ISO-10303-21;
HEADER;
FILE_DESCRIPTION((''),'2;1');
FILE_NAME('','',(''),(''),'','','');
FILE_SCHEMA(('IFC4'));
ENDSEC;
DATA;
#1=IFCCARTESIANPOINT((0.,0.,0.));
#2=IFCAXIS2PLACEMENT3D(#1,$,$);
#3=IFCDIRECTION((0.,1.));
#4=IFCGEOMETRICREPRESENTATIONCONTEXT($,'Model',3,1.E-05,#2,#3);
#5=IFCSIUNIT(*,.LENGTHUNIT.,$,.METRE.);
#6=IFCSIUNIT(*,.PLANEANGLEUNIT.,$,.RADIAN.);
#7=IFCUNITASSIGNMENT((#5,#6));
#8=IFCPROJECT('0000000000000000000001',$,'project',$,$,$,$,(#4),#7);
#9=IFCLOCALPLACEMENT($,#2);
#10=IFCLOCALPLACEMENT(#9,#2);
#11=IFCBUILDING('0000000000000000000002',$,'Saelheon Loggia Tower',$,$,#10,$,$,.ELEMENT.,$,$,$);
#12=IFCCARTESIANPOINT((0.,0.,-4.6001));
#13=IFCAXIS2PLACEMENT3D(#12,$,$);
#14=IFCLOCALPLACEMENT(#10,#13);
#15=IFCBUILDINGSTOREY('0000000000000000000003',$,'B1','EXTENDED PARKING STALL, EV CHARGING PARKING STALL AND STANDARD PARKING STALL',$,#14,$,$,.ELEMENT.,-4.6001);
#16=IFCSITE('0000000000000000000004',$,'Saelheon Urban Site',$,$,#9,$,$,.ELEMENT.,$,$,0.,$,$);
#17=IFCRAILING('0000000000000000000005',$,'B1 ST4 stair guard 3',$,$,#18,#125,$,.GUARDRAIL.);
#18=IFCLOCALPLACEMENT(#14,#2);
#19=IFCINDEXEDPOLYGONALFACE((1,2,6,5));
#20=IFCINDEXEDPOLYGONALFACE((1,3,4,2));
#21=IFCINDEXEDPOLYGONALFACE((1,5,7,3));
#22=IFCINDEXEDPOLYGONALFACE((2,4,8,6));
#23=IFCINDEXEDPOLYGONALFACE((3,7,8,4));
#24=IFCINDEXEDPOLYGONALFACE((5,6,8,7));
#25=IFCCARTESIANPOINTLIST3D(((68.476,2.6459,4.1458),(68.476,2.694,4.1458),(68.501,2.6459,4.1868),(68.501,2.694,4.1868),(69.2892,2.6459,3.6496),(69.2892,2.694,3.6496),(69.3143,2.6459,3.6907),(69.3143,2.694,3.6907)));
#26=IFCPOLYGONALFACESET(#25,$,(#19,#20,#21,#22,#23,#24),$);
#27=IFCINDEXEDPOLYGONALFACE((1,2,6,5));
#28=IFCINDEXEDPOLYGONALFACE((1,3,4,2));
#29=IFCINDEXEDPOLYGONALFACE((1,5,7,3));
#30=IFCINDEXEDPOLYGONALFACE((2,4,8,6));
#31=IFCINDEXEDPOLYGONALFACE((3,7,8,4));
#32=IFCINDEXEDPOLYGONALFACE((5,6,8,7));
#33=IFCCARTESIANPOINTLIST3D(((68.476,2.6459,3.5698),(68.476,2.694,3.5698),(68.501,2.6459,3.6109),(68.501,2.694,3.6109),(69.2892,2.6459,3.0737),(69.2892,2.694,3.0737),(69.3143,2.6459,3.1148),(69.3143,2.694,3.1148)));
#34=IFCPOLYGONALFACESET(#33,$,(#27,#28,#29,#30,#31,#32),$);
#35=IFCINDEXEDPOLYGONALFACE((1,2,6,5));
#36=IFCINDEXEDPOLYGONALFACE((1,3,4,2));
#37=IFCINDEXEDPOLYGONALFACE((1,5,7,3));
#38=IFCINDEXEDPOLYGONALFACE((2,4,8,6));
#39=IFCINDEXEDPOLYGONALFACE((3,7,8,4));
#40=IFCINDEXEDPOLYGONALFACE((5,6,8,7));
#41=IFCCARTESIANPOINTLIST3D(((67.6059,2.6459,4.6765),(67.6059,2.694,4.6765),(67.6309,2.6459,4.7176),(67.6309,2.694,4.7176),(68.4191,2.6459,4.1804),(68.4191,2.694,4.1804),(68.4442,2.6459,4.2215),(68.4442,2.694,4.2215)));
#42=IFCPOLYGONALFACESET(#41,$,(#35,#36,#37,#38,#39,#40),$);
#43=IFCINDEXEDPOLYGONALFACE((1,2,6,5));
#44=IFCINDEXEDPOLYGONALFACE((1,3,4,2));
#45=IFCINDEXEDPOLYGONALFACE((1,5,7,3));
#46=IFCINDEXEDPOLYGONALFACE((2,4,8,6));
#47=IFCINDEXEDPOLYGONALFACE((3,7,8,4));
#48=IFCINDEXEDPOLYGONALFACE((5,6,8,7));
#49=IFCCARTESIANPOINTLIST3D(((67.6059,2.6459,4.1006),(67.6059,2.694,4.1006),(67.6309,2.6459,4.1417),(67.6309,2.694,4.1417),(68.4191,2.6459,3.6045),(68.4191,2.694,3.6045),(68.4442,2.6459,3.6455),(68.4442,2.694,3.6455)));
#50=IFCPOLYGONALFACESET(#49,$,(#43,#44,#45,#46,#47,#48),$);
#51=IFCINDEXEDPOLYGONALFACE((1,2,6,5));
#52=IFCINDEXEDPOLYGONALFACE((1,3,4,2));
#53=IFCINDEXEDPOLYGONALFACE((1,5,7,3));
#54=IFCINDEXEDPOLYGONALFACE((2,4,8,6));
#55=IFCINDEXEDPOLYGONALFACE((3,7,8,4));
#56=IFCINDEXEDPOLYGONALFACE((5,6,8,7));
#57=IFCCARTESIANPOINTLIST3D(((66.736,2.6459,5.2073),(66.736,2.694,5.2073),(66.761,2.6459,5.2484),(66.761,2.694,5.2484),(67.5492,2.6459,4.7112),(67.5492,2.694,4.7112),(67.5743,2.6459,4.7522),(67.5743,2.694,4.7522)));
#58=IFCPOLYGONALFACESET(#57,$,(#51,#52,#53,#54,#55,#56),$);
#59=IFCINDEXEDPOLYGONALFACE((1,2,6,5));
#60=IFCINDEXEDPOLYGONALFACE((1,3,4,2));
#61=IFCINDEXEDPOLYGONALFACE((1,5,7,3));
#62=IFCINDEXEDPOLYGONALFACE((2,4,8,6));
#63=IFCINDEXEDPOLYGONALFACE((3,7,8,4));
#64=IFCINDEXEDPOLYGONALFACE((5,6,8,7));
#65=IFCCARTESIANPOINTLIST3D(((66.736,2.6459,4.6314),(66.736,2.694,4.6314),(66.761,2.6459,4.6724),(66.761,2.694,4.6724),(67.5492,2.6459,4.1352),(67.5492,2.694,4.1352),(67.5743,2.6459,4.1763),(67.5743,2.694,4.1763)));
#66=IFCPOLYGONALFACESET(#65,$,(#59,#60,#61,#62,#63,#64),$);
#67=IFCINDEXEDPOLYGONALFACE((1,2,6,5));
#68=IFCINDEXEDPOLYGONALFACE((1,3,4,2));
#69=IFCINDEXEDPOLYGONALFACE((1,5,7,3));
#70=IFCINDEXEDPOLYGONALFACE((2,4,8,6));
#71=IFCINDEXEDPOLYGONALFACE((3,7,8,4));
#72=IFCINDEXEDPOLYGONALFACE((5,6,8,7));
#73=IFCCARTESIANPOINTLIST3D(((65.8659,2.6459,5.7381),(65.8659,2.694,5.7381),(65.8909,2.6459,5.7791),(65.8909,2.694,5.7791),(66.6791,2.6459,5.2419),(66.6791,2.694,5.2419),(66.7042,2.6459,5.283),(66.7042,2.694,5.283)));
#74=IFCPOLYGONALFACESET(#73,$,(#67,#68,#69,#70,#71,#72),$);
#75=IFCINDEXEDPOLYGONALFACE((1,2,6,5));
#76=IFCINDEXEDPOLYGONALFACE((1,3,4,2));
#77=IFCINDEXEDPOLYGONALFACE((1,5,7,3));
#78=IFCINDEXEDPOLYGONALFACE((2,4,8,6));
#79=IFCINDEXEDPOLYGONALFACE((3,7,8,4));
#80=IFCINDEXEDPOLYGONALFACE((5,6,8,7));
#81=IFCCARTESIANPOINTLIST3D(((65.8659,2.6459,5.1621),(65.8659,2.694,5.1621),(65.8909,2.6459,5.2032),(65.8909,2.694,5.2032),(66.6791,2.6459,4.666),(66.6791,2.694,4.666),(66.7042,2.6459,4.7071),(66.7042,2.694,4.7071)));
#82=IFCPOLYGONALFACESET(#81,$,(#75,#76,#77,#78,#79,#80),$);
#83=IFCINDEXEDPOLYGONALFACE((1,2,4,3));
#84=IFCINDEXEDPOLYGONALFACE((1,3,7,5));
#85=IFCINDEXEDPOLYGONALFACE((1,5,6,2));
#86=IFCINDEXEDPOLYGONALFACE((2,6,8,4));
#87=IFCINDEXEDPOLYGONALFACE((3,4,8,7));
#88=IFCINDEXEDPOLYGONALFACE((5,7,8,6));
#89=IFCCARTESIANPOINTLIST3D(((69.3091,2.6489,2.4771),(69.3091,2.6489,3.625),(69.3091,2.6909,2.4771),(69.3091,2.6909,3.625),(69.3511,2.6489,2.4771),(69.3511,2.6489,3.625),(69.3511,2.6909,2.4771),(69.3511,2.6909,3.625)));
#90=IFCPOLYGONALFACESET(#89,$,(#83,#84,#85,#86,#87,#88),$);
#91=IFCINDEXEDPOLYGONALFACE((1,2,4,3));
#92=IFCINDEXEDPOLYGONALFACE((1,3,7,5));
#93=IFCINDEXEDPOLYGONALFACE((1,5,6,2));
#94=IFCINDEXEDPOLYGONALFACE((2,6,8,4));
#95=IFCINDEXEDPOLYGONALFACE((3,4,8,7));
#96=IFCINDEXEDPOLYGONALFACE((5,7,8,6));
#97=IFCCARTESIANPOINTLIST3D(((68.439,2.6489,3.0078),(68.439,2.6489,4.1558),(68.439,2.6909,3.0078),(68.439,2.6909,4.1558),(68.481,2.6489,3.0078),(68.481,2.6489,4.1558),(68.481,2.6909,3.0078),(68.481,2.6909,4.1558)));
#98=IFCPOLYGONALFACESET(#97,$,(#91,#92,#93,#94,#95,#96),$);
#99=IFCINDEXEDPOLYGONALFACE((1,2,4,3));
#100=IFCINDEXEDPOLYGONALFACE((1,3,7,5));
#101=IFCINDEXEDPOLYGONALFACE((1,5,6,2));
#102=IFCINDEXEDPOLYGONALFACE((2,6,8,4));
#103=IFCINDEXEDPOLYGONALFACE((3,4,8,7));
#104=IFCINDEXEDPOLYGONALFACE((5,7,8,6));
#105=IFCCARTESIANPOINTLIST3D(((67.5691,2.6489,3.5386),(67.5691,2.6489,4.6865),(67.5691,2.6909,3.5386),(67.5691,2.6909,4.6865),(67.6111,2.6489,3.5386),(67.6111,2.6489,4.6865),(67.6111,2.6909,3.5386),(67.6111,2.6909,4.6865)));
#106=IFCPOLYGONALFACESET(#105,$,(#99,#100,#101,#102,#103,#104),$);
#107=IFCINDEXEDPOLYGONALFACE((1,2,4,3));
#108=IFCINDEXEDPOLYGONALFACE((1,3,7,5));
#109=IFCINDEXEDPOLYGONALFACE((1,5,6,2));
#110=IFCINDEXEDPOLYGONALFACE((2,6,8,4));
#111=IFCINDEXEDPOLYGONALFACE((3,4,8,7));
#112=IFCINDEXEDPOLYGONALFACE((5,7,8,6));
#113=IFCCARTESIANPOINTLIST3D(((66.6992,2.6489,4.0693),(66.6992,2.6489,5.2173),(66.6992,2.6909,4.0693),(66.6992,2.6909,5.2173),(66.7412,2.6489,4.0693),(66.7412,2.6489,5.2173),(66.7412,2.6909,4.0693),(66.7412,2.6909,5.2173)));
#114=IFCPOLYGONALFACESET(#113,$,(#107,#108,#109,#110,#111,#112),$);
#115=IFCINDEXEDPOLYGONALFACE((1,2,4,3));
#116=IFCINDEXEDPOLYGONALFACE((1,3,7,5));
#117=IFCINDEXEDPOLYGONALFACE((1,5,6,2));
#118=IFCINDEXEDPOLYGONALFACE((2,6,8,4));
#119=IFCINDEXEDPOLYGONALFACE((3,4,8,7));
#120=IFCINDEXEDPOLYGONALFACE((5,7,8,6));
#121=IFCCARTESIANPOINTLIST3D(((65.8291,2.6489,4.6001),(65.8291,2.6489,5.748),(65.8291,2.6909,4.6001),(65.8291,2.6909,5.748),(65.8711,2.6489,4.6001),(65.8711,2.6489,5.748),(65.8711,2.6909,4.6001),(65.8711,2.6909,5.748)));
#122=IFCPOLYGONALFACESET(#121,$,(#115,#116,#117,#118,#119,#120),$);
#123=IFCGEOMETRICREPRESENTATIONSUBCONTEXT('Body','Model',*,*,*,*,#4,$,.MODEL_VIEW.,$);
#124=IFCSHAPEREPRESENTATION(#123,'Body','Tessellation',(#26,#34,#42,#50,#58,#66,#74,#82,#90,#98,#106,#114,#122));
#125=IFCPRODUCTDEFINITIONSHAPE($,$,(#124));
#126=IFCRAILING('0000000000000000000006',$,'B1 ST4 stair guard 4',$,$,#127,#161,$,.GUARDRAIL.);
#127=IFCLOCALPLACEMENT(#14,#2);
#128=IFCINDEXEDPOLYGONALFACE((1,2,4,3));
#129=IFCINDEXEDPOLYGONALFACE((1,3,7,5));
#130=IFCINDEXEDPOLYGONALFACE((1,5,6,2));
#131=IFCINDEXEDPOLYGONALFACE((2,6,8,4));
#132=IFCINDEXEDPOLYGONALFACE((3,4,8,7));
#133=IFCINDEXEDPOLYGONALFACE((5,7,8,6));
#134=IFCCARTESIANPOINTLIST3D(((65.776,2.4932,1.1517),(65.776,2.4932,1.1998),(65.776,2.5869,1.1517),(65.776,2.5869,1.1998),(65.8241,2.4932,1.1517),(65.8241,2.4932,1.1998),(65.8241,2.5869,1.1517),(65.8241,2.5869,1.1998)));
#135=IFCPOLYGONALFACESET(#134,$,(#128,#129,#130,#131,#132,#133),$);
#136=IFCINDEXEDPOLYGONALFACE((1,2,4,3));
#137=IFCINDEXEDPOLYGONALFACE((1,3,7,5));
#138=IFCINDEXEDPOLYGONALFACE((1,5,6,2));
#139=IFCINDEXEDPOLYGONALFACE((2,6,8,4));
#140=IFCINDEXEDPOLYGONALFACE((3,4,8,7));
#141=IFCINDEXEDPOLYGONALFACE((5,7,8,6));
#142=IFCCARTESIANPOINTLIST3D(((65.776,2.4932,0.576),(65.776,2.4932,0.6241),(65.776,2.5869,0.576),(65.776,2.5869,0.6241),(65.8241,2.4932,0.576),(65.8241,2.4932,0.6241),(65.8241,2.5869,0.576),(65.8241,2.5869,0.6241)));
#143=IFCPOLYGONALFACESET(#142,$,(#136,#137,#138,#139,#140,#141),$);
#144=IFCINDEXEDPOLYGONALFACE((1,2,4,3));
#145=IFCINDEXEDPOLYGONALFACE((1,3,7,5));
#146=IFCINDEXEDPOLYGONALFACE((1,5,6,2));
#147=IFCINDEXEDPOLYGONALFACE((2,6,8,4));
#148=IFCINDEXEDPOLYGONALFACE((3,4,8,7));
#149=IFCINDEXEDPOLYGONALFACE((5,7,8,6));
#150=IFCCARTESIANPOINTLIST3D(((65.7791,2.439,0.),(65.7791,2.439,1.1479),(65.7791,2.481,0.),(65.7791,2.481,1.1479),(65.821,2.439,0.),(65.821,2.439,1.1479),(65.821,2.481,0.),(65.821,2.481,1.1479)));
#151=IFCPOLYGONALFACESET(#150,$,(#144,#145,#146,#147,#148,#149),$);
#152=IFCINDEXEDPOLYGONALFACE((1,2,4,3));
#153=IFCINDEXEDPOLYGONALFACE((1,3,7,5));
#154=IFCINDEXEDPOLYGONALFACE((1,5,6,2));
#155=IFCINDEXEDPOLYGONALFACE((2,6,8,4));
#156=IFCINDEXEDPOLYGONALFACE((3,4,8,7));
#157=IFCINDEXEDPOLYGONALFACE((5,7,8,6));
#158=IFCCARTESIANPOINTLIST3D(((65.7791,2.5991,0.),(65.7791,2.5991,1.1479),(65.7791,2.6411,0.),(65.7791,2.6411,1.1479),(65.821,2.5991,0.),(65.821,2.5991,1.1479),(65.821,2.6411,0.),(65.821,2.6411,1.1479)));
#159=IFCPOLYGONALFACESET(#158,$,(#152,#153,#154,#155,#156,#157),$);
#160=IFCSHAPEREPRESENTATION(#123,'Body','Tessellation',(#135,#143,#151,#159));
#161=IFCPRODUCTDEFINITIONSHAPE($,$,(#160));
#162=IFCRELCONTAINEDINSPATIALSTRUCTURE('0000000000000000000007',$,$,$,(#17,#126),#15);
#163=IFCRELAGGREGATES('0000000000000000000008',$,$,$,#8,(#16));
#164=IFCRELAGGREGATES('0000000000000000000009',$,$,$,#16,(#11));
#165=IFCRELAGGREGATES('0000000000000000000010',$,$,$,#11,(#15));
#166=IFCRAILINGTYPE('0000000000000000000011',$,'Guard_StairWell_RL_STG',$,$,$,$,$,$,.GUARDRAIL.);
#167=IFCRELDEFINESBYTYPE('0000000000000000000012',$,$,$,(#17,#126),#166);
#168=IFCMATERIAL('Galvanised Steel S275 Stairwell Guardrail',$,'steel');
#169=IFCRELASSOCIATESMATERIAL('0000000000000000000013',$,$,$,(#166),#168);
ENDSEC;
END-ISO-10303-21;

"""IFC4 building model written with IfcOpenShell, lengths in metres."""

from ifc_helpers import new_model, si_unit, direction, frame, origin, origin_2d, place, context, subcontext, project, spatial, rectangle, extrude, material, type_object, element, save


model = new_model("IFC4")

# Units and contexts
model_context = context("Model", 3, precision=1e-05, world=origin(), true_north=direction((0.0, 1.0)))
body_context = subcontext(model_context, "Body", "Model", "MODEL_VIEW")
ifc_project = project(units=[si_unit("LENGTHUNIT", "METRE"), si_unit("PLANEANGLEUNIT", "RADIAN")], contexts=[model_context])

# Site, building, storey
site_placement = place(None, origin())
site = spatial("IfcSite", under=ifc_project, at=site_placement, Name="Saelheon Urban Site", CompositionType="ELEMENT", RefElevation=0.0)
building_placement = place(site_placement, origin())
building = spatial("IfcBuilding", under=site, at=building_placement, Name="Saelheon Loggia Tower", CompositionType="ELEMENT")
storey_placement = place(building_placement, frame((0.0, 0.0, -4.6001)))
storey = spatial("IfcBuildingStorey", under=building, at=storey_placement, Name="B1", Description="EXTENDED PARKING STALL, EV CHARGING PARKING STALL AND STANDARD PARKING STALL", CompositionType="ELEMENT", Elevation=-4.6001)

# Railings
ifc_material_1 = material(Name="Galvanised Steel S275 Stairwell Guardrail", Category="steel")
railing_type_1 = type_object("IfcRailingType", Name="Guard_StairWell_RL_STG", PredefinedType="GUARDRAIL", material=ifc_material_1)
railing_1_placement = place(storey_placement, frame((69.3301, 2.6699, 2.4771)))
element("IfcRailing", 1, at=railing_1_placement, inside=storey, type_object=railing_type_1, Name="B1 ST4 stair guard 3", PredefinedType="GUARDRAIL", context=body_context, shape_type="SweptSolid", body=[
    extrude(rectangle(XDim=0.0481, YDim=0.0481, at=origin_2d()), frame((-0.0283, 0.0, 1.1931), z_axis=(-0.853675, 0.0, 0.520805), x_axis=(0.0, -1.0, 0.0)), (0.0, 0.0, 1.0), 0.9526),
    extrude(rectangle(XDim=0.0481, YDim=0.0481, at=origin_2d()), frame((-0.0283, 0.0, 0.6172), z_axis=(-0.853675, 0.0, 0.520805), x_axis=(0.0, -1.0, 0.0)), (0.0, 0.0, 1.0), 0.9526),
    extrude(rectangle(XDim=0.0481, YDim=0.0481, at=origin_2d()), frame((-0.8984, 0.0, 1.7239), z_axis=(-0.853675, 0.0, 0.520805), x_axis=(0.0, -1.0, 0.0)), (0.0, 0.0, 1.0), 0.9526),
    extrude(rectangle(XDim=0.0481, YDim=0.0481, at=origin_2d()), frame((-0.8984, 0.0, 1.1479), z_axis=(-0.853675, 0.0, 0.520805), x_axis=(0.0, -1.0, 0.0)), (0.0, 0.0, 1.0), 0.9526),
    extrude(rectangle(XDim=0.0481, YDim=0.0481, at=origin_2d()), frame((-1.7683, 0.0, 2.2546), z_axis=(-0.853675, 0.0, 0.520805), x_axis=(0.0, -1.0, 0.0)), (0.0, 0.0, 1.0), 0.9526),
    extrude(rectangle(XDim=0.0481, YDim=0.0481, at=origin_2d()), frame((-1.7683, 0.0, 1.6787), z_axis=(-0.853675, 0.0, 0.520805), x_axis=(0.0, -1.0, 0.0)), (0.0, 0.0, 1.0), 0.9526),
    extrude(rectangle(XDim=0.0481, YDim=0.0481, at=origin_2d()), frame((-2.6384, 0.0, 2.7854), z_axis=(-0.853675, 0.0, 0.520805), x_axis=(0.0, -1.0, 0.0)), (0.0, 0.0, 1.0), 0.9526),
    extrude(rectangle(XDim=0.0481, YDim=0.0481, at=origin_2d()), frame((-2.6384, 0.0, 2.2095), z_axis=(-0.853675, 0.0, 0.520805), x_axis=(0.0, -1.0, 0.0)), (0.0, 0.0, 1.0), 0.9526),
    extrude(rectangle(XDim=0.042, YDim=0.042, at=origin_2d()), origin(), (0.0, 0.0, 1.0), 1.1479),
    extrude(rectangle(XDim=0.042, YDim=0.042, at=origin_2d()), frame((-0.8701, 0.0, 0.5308)), (0.0, 0.0, 1.0), 1.1479),
    extrude(rectangle(XDim=0.042, YDim=0.042, at=origin_2d()), frame((-1.74, 0.0, 1.0615)), (0.0, 0.0, 1.0), 1.1479),
    extrude(rectangle(XDim=0.042, YDim=0.042, at=origin_2d()), frame((-2.6099, 0.0, 1.5923)), (0.0, 0.0, 1.0), 1.1479),
    extrude(rectangle(XDim=0.042, YDim=0.042, at=origin_2d()), frame((-3.48, 0.0, 2.123)), (0.0, 0.0, 1.0), 1.1479),
])
railing_2_placement = place(storey_placement, frame((65.8, 2.46, 0.0)))
element("IfcRailing", 2, at=railing_2_placement, inside=storey, type_object=railing_type_1, Name="B1 ST4 stair guard 4", PredefinedType="GUARDRAIL", context=body_context, shape_type="SweptSolid", body=[
    extrude(rectangle(XDim=0.0481, YDim=0.0481, at=origin_2d()), frame((0.0, 0.0332, 1.1758), z_axis=(0.0, 1.0, 0.0), x_axis=(-1.0, 0.0, 0.0)), (0.0, 0.0, 1.0), 0.0938),
    extrude(rectangle(XDim=0.0481, YDim=0.0481, at=origin_2d()), frame((0.0, 0.0332, 0.6001), z_axis=(0.0, 1.0, 0.0), x_axis=(-1.0, 0.0, 0.0)), (0.0, 0.0, 1.0), 0.0938),
    extrude(rectangle(XDim=0.042, YDim=0.042, at=origin_2d()), origin(), (0.0, 0.0, 1.0), 1.1479),
    extrude(rectangle(XDim=0.042, YDim=0.042, at=origin_2d()), frame((0.0, 0.1602, 0.0)), (0.0, 0.0, 1.0), 1.1479),
])

save(model, "model.ifc")
